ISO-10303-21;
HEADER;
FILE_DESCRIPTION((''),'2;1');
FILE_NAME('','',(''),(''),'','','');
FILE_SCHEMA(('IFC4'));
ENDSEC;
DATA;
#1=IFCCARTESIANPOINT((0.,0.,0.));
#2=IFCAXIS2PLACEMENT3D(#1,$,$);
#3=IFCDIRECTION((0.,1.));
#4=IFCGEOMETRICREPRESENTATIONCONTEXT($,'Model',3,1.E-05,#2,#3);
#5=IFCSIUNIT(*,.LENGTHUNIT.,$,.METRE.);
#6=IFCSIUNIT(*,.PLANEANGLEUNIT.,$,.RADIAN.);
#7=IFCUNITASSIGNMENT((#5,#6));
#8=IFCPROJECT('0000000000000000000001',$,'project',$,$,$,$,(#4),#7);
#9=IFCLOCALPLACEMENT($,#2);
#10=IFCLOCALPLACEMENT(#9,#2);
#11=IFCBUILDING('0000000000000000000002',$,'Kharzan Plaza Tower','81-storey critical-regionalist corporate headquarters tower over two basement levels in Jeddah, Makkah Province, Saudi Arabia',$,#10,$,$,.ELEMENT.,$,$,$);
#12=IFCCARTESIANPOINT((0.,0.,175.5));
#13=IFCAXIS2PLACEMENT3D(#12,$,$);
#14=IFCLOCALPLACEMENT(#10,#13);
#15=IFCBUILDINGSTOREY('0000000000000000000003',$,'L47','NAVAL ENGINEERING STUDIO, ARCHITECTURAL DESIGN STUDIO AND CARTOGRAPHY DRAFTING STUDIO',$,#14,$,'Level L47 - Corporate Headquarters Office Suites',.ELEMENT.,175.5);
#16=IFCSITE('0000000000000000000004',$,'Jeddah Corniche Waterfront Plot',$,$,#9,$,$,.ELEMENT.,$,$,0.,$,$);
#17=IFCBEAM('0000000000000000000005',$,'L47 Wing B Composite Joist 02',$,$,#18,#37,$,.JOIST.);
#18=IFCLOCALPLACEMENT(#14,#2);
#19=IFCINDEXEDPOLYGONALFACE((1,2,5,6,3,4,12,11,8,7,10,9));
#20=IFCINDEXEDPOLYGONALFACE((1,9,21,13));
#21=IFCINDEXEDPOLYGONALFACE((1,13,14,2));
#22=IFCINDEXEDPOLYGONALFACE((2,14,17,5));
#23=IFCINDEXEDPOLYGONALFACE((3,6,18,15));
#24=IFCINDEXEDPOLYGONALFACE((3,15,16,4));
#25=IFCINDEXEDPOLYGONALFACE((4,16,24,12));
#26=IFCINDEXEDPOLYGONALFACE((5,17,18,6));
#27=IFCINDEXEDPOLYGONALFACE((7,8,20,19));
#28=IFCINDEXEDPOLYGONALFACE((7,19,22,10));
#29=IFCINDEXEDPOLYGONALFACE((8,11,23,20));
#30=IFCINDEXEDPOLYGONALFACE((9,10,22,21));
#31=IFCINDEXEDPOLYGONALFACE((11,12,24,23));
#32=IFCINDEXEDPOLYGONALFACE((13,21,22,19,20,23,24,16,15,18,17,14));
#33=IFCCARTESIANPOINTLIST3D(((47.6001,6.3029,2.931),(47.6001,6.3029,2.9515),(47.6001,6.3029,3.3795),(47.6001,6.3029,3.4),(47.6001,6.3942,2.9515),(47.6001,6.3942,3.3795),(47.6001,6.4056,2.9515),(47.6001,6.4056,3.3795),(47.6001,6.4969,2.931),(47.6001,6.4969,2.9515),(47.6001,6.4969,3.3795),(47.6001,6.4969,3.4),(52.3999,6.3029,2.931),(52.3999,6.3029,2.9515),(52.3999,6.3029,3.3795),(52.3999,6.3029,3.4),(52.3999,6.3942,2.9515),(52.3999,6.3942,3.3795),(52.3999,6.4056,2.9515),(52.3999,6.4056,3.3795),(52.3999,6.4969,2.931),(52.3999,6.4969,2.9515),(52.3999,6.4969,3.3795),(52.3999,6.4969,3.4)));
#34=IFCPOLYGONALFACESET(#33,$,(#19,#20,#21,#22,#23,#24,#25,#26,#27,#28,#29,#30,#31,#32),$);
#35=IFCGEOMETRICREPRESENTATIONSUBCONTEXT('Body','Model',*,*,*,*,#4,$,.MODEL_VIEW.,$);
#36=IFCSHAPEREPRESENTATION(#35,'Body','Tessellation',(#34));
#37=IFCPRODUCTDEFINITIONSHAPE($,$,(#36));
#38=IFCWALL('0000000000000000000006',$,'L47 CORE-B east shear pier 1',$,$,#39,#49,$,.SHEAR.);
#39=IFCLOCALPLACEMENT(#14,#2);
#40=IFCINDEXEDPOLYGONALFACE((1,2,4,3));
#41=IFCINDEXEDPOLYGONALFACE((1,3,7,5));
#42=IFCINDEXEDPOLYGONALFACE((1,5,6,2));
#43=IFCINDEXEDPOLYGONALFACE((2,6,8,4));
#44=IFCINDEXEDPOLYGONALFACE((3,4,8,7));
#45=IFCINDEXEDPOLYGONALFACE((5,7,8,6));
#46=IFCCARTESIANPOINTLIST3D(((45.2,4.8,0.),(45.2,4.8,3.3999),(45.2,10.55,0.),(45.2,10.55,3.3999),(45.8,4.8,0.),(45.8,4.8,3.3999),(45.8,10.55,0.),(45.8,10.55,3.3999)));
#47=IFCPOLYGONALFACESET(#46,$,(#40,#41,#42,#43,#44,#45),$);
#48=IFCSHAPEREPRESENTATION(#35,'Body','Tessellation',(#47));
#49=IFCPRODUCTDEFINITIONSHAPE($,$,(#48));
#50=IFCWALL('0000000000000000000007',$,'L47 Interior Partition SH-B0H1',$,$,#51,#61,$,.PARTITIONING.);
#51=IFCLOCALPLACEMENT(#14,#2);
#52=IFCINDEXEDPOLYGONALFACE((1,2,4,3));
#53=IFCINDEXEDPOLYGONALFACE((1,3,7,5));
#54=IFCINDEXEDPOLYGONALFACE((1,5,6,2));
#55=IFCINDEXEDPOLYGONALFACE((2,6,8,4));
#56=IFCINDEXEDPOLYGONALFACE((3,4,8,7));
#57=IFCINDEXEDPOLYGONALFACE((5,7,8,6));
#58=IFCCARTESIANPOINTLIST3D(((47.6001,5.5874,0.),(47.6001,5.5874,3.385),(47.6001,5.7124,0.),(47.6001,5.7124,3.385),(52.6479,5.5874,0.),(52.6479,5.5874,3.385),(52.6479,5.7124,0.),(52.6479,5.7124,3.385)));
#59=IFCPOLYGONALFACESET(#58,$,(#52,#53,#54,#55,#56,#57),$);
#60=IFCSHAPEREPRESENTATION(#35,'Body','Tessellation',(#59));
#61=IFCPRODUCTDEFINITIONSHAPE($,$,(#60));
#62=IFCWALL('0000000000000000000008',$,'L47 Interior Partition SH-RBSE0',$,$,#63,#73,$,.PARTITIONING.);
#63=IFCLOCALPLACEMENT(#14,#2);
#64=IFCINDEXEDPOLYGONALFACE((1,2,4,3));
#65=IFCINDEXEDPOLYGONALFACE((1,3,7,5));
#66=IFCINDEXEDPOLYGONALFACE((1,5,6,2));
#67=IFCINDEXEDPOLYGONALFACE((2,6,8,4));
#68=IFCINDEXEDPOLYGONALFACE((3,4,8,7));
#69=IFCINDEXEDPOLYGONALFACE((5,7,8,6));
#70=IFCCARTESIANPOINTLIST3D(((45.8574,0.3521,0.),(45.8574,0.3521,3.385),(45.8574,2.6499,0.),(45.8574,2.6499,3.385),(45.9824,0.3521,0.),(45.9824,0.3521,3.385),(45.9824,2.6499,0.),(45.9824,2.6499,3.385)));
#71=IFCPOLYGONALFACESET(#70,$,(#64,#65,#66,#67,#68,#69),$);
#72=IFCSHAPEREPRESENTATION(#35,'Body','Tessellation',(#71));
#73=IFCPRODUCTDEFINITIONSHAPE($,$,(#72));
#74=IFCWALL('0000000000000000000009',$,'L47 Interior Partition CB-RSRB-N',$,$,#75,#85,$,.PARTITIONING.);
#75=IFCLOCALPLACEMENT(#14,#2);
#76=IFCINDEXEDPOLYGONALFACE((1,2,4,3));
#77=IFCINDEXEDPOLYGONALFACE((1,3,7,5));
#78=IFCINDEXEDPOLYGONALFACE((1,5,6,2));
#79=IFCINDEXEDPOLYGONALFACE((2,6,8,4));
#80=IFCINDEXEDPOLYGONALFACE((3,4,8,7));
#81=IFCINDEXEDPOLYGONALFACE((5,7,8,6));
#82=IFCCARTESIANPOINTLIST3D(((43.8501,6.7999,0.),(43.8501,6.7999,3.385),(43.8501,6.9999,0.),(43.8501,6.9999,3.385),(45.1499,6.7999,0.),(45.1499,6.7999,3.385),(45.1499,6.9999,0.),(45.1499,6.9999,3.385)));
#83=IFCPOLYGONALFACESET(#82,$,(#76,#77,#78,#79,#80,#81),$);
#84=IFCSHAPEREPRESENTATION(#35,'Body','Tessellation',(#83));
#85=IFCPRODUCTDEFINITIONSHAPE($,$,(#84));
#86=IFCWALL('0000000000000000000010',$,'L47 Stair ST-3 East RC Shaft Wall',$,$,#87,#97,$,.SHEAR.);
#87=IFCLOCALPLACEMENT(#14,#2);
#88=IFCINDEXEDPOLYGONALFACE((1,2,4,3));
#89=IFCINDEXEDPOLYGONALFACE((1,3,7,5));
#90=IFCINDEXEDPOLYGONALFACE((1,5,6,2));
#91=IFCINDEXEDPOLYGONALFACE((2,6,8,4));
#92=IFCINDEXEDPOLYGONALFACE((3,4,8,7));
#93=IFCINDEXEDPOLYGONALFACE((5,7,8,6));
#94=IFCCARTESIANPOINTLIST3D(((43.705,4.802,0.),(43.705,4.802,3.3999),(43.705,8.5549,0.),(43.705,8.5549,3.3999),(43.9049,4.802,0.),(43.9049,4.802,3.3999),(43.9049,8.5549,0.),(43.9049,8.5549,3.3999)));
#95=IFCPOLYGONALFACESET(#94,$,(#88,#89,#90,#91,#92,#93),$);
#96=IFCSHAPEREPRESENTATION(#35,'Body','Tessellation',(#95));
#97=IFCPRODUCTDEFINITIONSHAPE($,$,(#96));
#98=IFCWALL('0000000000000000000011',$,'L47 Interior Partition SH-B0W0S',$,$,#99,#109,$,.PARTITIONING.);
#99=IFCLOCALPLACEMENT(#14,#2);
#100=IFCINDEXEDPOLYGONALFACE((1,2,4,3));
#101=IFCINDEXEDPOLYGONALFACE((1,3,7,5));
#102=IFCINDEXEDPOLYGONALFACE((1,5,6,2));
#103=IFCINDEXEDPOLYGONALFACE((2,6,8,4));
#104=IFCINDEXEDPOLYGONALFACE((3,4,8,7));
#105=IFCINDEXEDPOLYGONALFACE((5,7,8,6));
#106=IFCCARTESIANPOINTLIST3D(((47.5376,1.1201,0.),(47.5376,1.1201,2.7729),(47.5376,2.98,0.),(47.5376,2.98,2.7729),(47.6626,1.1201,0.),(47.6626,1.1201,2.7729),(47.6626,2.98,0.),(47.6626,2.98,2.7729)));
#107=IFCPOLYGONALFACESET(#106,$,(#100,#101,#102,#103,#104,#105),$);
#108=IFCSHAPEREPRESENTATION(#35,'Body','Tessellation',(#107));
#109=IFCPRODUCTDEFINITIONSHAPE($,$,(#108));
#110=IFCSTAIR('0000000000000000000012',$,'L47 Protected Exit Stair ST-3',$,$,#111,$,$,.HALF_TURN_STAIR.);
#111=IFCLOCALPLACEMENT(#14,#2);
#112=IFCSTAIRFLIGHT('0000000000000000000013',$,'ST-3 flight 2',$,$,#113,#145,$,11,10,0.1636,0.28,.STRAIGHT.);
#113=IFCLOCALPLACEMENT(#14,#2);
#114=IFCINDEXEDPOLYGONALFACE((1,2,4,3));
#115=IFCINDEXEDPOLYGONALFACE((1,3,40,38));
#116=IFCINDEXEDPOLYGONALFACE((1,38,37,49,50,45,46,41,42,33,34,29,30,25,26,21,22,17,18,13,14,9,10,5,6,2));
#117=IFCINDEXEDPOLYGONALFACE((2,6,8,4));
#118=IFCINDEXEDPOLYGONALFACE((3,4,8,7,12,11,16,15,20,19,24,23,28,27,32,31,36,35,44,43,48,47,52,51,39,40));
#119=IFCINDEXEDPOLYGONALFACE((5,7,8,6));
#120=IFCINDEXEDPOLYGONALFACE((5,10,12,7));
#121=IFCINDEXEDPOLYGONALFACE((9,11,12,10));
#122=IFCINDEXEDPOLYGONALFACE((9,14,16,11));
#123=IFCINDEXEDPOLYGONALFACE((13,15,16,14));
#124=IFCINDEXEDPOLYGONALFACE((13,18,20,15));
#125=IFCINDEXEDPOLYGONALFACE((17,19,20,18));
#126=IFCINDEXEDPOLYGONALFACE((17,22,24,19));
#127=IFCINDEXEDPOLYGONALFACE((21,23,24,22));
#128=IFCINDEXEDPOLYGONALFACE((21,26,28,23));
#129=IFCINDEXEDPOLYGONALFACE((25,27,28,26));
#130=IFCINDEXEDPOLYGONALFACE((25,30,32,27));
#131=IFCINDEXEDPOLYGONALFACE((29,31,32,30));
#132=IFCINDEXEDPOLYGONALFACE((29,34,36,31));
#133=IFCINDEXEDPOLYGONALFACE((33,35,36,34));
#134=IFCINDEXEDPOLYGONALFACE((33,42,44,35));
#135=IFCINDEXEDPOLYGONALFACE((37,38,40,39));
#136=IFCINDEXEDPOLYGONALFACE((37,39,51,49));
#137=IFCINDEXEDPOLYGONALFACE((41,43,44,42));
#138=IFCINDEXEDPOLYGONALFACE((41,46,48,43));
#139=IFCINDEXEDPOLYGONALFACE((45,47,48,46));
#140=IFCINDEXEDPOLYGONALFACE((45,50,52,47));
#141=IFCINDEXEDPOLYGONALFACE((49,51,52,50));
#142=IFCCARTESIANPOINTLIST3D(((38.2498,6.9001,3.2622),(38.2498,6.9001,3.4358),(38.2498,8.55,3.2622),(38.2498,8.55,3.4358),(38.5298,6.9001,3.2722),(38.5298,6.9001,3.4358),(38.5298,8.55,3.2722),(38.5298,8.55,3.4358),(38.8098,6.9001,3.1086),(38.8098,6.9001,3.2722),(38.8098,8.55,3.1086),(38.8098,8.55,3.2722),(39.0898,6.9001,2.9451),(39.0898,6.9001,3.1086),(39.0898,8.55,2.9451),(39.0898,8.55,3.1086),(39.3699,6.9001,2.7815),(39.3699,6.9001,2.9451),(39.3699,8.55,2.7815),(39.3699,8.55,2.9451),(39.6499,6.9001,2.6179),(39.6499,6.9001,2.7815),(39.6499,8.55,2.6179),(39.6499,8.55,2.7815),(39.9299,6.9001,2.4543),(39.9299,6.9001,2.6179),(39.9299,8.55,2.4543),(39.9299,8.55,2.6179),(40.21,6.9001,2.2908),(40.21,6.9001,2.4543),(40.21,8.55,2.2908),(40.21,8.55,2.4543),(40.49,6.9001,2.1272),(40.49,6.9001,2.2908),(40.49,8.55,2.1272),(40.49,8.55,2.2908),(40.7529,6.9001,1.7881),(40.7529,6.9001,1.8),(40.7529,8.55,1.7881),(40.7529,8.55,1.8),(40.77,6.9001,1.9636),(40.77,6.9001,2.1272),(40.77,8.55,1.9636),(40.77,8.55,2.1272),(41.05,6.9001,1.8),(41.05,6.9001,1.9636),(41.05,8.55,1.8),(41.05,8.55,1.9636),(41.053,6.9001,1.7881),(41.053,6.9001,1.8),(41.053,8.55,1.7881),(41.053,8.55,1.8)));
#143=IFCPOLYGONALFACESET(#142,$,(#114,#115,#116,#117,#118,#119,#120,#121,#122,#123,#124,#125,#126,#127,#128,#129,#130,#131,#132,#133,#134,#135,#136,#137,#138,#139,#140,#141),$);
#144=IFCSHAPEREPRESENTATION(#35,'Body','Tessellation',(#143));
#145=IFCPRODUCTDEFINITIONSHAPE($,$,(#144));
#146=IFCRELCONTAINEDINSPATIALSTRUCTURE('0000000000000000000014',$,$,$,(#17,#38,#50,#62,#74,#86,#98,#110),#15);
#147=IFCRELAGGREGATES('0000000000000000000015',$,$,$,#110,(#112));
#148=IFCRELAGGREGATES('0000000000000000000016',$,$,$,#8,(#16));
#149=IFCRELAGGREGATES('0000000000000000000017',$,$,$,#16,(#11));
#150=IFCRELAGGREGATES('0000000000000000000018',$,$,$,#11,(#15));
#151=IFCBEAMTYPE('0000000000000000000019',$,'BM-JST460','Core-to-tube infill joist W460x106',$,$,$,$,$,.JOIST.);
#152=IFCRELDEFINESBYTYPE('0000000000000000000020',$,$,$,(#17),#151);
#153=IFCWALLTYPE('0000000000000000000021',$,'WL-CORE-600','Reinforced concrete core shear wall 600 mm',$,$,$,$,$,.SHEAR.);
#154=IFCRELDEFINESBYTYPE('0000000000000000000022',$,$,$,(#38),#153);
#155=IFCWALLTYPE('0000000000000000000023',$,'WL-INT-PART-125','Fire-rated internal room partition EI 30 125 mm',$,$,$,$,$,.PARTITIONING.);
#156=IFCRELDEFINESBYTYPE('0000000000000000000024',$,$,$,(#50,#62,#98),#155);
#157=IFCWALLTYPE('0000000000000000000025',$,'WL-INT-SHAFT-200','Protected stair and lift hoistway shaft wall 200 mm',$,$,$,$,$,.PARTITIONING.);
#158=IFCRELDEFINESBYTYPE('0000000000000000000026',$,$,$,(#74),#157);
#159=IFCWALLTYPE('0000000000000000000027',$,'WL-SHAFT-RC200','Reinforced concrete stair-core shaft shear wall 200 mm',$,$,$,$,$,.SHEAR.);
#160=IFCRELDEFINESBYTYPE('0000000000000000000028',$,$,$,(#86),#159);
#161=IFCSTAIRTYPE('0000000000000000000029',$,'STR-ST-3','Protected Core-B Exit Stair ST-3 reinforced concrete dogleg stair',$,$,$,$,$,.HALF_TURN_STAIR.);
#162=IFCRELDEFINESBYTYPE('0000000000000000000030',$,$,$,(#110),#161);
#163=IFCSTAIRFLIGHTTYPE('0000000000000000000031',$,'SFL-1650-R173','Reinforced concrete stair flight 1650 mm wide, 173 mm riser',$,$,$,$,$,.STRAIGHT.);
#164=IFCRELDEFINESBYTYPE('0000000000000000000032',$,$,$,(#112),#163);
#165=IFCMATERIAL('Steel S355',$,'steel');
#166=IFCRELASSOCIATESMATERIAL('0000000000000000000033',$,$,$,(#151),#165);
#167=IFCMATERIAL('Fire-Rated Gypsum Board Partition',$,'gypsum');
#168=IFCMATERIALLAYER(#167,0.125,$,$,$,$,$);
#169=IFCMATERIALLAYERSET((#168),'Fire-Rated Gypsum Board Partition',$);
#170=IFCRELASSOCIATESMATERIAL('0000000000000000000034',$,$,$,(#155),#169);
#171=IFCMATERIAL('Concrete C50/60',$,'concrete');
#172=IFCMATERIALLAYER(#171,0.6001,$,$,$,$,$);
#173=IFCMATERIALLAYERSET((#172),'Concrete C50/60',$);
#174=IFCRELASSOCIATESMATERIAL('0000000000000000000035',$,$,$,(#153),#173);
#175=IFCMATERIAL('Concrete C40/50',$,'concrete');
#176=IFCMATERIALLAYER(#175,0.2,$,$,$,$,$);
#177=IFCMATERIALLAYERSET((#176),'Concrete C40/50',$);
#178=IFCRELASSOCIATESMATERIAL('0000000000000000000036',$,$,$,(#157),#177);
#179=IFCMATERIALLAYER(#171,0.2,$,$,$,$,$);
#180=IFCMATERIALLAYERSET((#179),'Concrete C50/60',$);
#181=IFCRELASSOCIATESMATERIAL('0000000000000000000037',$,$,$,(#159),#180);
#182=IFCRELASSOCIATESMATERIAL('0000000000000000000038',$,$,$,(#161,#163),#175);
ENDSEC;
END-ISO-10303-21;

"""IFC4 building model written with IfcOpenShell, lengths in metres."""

from ifc_helpers import new_model, si_unit, direction, frame, frame_2d, origin, origin_2d, place, context, subcontext, project, spatial, polyline, rectangle, i_section, outline, extrude, source, transform, mapped, material, layer, layer_set, material_profile, profile_set, type_object, element, aggregate, save


model = new_model("IFC4")

# Units and contexts
model_context = context("Model", 3, precision=1e-05, world=origin(), true_north=direction((0.0, 1.0)))
body_context = subcontext(model_context, "Body", "Model", "MODEL_VIEW")
ifc_project = project(units=[si_unit("LENGTHUNIT", "METRE"), si_unit("PLANEANGLEUNIT", "RADIAN")], contexts=[model_context])

# Site, building, storey
site_placement = place(None, origin())
site = spatial("IfcSite", under=ifc_project, at=site_placement, Name="Jeddah Corniche Waterfront Plot", CompositionType="ELEMENT", RefElevation=0.0)
building_placement = place(site_placement, origin())
building = spatial("IfcBuilding", under=site, at=building_placement, Name="Kharzan Plaza Tower", Description="81-storey critical-regionalist corporate headquarters tower over two basement levels in Jeddah, Makkah Province, Saudi Arabia", CompositionType="ELEMENT")
storey_placement = place(building_placement, frame((0.0, 0.0, 175.5)))
storey = spatial("IfcBuildingStorey", under=building, at=storey_placement, Name="L47", Description="NAVAL ENGINEERING STUDIO, ARCHITECTURAL DESIGN STUDIO AND CARTOGRAPHY DRAFTING STUDIO", LongName="Level L47 - Corporate Headquarters Office Suites", CompositionType="ELEMENT", Elevation=175.5)

# Shared definitions
ifc_material_1 = material(Name="Concrete C50/60", Category="concrete")

# Beam
ifc_material_2 = material(Name="Steel S355", Category="steel")
ifc_material_profile_1 = material_profile(ifc_material_2, i_section(OverallWidth=0.1941, OverallDepth=0.469, WebThickness=0.0115, FlangeThickness=0.0205, at=origin_2d()), Name="W460x106")
ifc_profile_set_1 = profile_set([ifc_material_profile_1], Name="Steel S355")
beam_type_1 = type_object("IfcBeamType", Name="BM-JST460", Description="Core-to-tube infill joist W460x106", PredefinedType="JOIST", material=ifc_profile_set_1)
shared_shape_1 = source(origin(), body_context, "Body", "SweptSolid", [
    extrude(i_section(OverallWidth=0.1941, OverallDepth=0.469, WebThickness=0.0115, FlangeThickness=0.0205, at=origin_2d()), origin(), (0.0, 0.0, 1.0), 4.7998),
])
beam_1_placement = place(storey_placement, frame((47.6001, 6.3999, 3.1655), z_axis=(1.0, 0.0, 0.0), x_axis=(0.0, 1.0, 0.0)))
element("IfcBeam", 1, at=beam_1_placement, inside=storey, type_object=beam_type_1, Name="L47 Wing B Composite Joist 02", PredefinedType="JOIST", context=body_context, shape_type="MappedRepresentation", body=[
    mapped(shared_shape_1, transform((0.0, 0.0, 0.0), x_axis=(1.0, 0.0, 0.0), y_axis=(0.0, 1.0, 0.0), z_axis=(0.0, 0.0, 1.0))),
])

# Shared definitions
ifc_material_3 = material(Name="Fire-Rated Gypsum Board Partition", Category="gypsum")
ifc_layer_1 = layer(ifc_material_3, 0.125)
ifc_layer_set_1 = layer_set([ifc_layer_1], Name="Fire-Rated Gypsum Board Partition")
wall_type_1 = type_object("IfcWallType", Name="WL-INT-PART-125", Description="Fire-rated internal room partition EI 30 125 mm", PredefinedType="PARTITIONING", material=ifc_layer_set_1)

# Walls
ifc_layer_2 = layer(ifc_material_1, 0.6001)
ifc_layer_set_2 = layer_set([ifc_layer_2], Name="Concrete C50/60")
wall_type_2 = type_object("IfcWallType", Name="WL-CORE-600", Description="Reinforced concrete core shear wall 600 mm", PredefinedType="SHEAR", material=ifc_layer_set_2)
shared_shape_2 = source(origin(), body_context, "Body", "SweptSolid", [
    extrude(rectangle(XDim=5.75, YDim=0.6001, at=frame_2d((2.875, 0.0))), origin(), (0.0, 0.0, 1.0), 3.3999),
])
wall_1_placement = place(storey_placement, frame((45.5, 4.8, 0.0), z_axis=(0.0, 0.0, 1.0), x_axis=(0.0, 1.0, 0.0)))
element("IfcWall", 2, at=wall_1_placement, inside=storey, type_object=wall_type_2, Name="L47 CORE-B east shear pier 1", PredefinedType="SHEAR", context=body_context, shape_type="MappedRepresentation", body=[
    mapped(shared_shape_2, transform((0.0, 0.0, 0.0), x_axis=(1.0, 0.0, 0.0), y_axis=(0.0, 1.0, 0.0), z_axis=(0.0, 0.0, 1.0))),
])
shared_shape_3 = source(origin(), body_context, "Body", "SweptSolid", [
    extrude(rectangle(XDim=5.0479, YDim=0.125, at=frame_2d((2.5239, 0.0))), origin(), (0.0, 0.0, 1.0), 3.385),
])
wall_2_placement = place(storey_placement, frame((47.6001, 5.6499, 0.0), z_axis=(0.0, 0.0, 1.0), x_axis=(1.0, 0.0, 0.0)))
element("IfcWall", 3, at=wall_2_placement, inside=storey, type_object=wall_type_1, Name="L47 Interior Partition SH-B0H1", PredefinedType="PARTITIONING", context=body_context, shape_type="MappedRepresentation", body=[
    mapped(shared_shape_3, transform((0.0, 0.0, 0.0), x_axis=(1.0, 0.0, 0.0), y_axis=(0.0, 1.0, 0.0), z_axis=(0.0, 0.0, 1.0))),
])
shared_shape_4 = source(origin(), body_context, "Body", "SweptSolid", [
    extrude(rectangle(XDim=2.2979, YDim=0.125, at=frame_2d((1.1489, 0.0))), origin(), (0.0, 0.0, 1.0), 3.385),
])
wall_3_placement = place(storey_placement, frame((45.9199, 0.3521, 0.0), z_axis=(0.0, 0.0, 1.0), x_axis=(0.0, 1.0, 0.0)))
element("IfcWall", 4, at=wall_3_placement, inside=storey, type_object=wall_type_1, Name="L47 Interior Partition SH-RBSE0", PredefinedType="PARTITIONING", context=body_context, shape_type="MappedRepresentation", body=[
    mapped(shared_shape_4, transform((0.0, 0.0, 0.0), x_axis=(1.0, 0.0, 0.0), y_axis=(0.0, 1.0, 0.0), z_axis=(0.0, 0.0, 1.0))),
])
ifc_material_4 = material(Name="Concrete C40/50", Category="concrete")
ifc_layer_3 = layer(ifc_material_4, 0.2)
ifc_layer_set_3 = layer_set([ifc_layer_3], Name="Concrete C40/50")
wall_type_3 = type_object("IfcWallType", Name="WL-INT-SHAFT-200", Description="Protected stair and lift hoistway shaft wall 200 mm", PredefinedType="PARTITIONING", material=ifc_layer_set_3)
shared_shape_5 = source(origin(), body_context, "Body", "SweptSolid", [
    extrude(rectangle(XDim=1.2998, YDim=0.2, at=frame_2d((0.6499, 0.0))), origin(), (0.0, 0.0, 1.0), 3.385),
])
wall_4_placement = place(storey_placement, frame((43.8501, 6.8999, 0.0), z_axis=(0.0, 0.0, 1.0), x_axis=(1.0, 0.0, 0.0)))
element("IfcWall", 5, at=wall_4_placement, inside=storey, type_object=wall_type_3, Name="L47 Interior Partition CB-RSRB-N", PredefinedType="PARTITIONING", context=body_context, shape_type="MappedRepresentation", body=[
    mapped(shared_shape_5, transform((0.0, 0.0, 0.0), x_axis=(1.0, 0.0, 0.0), y_axis=(0.0, 1.0, 0.0), z_axis=(0.0, 0.0, 1.0))),
])
ifc_layer_4 = layer(ifc_material_1, 0.2)
ifc_layer_set_4 = layer_set([ifc_layer_4], Name="Concrete C50/60")
wall_type_4 = type_object("IfcWallType", Name="WL-SHAFT-RC200", Description="Reinforced concrete stair-core shaft shear wall 200 mm", PredefinedType="SHEAR", material=ifc_layer_set_4)
shared_shape_6 = source(origin(), body_context, "Body", "SweptSolid", [
    extrude(rectangle(XDim=3.7529, YDim=0.2, at=frame_2d((1.8765, 0.0))), origin(), (0.0, 0.0, 1.0), 3.3999),
])
wall_5_placement = place(storey_placement, frame((43.8049, 4.802, 0.0), z_axis=(0.0, 0.0, 1.0), x_axis=(0.0, 1.0, 0.0)))
element("IfcWall", 6, at=wall_5_placement, inside=storey, type_object=wall_type_4, Name="L47 Stair ST-3 East RC Shaft Wall", PredefinedType="SHEAR", context=body_context, shape_type="MappedRepresentation", body=[
    mapped(shared_shape_6, transform((0.0, 0.0, 0.0), x_axis=(1.0, 0.0, 0.0), y_axis=(0.0, 1.0, 0.0), z_axis=(0.0, 0.0, 1.0))),
])
shared_shape_7 = source(origin(), body_context, "Body", "SweptSolid", [
    extrude(rectangle(XDim=1.8599, YDim=0.125, at=frame_2d((0.9299, 0.0))), origin(), (0.0, 0.0, 1.0), 2.7729),
])
wall_6_placement = place(storey_placement, frame((47.6001, 1.1201, 0.0), z_axis=(0.0, 0.0, 1.0), x_axis=(0.0, 1.0, 0.0)))
element("IfcWall", 7, at=wall_6_placement, inside=storey, type_object=wall_type_1, Name="L47 Interior Partition SH-B0W0S", PredefinedType="PARTITIONING", context=body_context, shape_type="MappedRepresentation", body=[
    mapped(shared_shape_7, transform((0.0, 0.0, 0.0), x_axis=(1.0, 0.0, 0.0), y_axis=(0.0, 1.0, 0.0), z_axis=(0.0, 0.0, 1.0))),
])

# Stair, stair flight
stair_type = type_object("IfcStairType", Name="STR-ST-3", Description="Protected Core-B Exit Stair ST-3 reinforced concrete dogleg stair", PredefinedType="HALF_TURN_STAIR", material=ifc_material_4)
stair_placement = place(storey_placement, origin())
stair = element("IfcStair", 8, at=stair_placement, inside=storey, type_object=stair_type, Name="L47 Protected Exit Stair ST-3", PredefinedType="HALF_TURN_STAIR")
stair_flight_type = type_object("IfcStairFlightType", Name="SFL-1650-R173", Description="Reinforced concrete stair flight 1650 mm wide, 173 mm riser", PredefinedType="STRAIGHT", material=ifc_material_4)
shared_shape_8 = source(origin(), body_context, "Body", "SweptSolid", [
    extrude(outline(polyline([(-0.0029, -0.012), (-0.0029, 0.0), (0.0, 0.0), (0.0, 0.1636), (0.28, 0.1636), (0.28, 0.3271), (0.5601, 0.3271), (0.5601, 0.4907), (0.8401, 0.4907), (0.8401, 0.6543), (1.1201, 0.6543), (1.1201, 0.8179), (1.4001, 0.8179), (1.4001, 0.9814), (1.6802, 0.9814), (1.6802, 1.145), (1.9602, 1.145), (1.9602, 1.3086), (2.2402, 1.3086), (2.2402, 1.4722), (2.5203, 1.4722), (2.5203, 1.6357), (2.8003, 1.6357), (2.8003, 1.7993), (2.8003, 1.4622), (0.2971, 0.0), (0.2971, -0.012), (-0.0029, -0.012)])), frame((0.0, 0.825, 0.0), z_axis=(0.0, -1.0, 0.0), x_axis=(1.0, 0.0, 0.0)), (0.0, 0.0, 1.0), 1.6499),
])
stair_flight_placement = place(storey_placement, frame((41.05, 7.7251, 1.8), z_axis=(0.0, 0.0, 1.0), x_axis=(-1.0, 0.0, 0.0)))
stair_flight = element("IfcStairFlight", 9, at=stair_flight_placement, type_object=stair_flight_type, Name="ST-3 flight 2", NumberOfRisers=11, NumberOfTreads=10, PredefinedType="STRAIGHT", RiserHeight=0.1636, TreadLength=0.28, context=body_context, shape_type="MappedRepresentation", body=[
    mapped(shared_shape_8, transform((0.0, 0.0, 0.0), x_axis=(1.0, 0.0, 0.0), y_axis=(0.0, 1.0, 0.0), z_axis=(0.0, 0.0, 1.0))),
])
aggregate(stair, [stair_flight])

save(model, "model.ifc")
